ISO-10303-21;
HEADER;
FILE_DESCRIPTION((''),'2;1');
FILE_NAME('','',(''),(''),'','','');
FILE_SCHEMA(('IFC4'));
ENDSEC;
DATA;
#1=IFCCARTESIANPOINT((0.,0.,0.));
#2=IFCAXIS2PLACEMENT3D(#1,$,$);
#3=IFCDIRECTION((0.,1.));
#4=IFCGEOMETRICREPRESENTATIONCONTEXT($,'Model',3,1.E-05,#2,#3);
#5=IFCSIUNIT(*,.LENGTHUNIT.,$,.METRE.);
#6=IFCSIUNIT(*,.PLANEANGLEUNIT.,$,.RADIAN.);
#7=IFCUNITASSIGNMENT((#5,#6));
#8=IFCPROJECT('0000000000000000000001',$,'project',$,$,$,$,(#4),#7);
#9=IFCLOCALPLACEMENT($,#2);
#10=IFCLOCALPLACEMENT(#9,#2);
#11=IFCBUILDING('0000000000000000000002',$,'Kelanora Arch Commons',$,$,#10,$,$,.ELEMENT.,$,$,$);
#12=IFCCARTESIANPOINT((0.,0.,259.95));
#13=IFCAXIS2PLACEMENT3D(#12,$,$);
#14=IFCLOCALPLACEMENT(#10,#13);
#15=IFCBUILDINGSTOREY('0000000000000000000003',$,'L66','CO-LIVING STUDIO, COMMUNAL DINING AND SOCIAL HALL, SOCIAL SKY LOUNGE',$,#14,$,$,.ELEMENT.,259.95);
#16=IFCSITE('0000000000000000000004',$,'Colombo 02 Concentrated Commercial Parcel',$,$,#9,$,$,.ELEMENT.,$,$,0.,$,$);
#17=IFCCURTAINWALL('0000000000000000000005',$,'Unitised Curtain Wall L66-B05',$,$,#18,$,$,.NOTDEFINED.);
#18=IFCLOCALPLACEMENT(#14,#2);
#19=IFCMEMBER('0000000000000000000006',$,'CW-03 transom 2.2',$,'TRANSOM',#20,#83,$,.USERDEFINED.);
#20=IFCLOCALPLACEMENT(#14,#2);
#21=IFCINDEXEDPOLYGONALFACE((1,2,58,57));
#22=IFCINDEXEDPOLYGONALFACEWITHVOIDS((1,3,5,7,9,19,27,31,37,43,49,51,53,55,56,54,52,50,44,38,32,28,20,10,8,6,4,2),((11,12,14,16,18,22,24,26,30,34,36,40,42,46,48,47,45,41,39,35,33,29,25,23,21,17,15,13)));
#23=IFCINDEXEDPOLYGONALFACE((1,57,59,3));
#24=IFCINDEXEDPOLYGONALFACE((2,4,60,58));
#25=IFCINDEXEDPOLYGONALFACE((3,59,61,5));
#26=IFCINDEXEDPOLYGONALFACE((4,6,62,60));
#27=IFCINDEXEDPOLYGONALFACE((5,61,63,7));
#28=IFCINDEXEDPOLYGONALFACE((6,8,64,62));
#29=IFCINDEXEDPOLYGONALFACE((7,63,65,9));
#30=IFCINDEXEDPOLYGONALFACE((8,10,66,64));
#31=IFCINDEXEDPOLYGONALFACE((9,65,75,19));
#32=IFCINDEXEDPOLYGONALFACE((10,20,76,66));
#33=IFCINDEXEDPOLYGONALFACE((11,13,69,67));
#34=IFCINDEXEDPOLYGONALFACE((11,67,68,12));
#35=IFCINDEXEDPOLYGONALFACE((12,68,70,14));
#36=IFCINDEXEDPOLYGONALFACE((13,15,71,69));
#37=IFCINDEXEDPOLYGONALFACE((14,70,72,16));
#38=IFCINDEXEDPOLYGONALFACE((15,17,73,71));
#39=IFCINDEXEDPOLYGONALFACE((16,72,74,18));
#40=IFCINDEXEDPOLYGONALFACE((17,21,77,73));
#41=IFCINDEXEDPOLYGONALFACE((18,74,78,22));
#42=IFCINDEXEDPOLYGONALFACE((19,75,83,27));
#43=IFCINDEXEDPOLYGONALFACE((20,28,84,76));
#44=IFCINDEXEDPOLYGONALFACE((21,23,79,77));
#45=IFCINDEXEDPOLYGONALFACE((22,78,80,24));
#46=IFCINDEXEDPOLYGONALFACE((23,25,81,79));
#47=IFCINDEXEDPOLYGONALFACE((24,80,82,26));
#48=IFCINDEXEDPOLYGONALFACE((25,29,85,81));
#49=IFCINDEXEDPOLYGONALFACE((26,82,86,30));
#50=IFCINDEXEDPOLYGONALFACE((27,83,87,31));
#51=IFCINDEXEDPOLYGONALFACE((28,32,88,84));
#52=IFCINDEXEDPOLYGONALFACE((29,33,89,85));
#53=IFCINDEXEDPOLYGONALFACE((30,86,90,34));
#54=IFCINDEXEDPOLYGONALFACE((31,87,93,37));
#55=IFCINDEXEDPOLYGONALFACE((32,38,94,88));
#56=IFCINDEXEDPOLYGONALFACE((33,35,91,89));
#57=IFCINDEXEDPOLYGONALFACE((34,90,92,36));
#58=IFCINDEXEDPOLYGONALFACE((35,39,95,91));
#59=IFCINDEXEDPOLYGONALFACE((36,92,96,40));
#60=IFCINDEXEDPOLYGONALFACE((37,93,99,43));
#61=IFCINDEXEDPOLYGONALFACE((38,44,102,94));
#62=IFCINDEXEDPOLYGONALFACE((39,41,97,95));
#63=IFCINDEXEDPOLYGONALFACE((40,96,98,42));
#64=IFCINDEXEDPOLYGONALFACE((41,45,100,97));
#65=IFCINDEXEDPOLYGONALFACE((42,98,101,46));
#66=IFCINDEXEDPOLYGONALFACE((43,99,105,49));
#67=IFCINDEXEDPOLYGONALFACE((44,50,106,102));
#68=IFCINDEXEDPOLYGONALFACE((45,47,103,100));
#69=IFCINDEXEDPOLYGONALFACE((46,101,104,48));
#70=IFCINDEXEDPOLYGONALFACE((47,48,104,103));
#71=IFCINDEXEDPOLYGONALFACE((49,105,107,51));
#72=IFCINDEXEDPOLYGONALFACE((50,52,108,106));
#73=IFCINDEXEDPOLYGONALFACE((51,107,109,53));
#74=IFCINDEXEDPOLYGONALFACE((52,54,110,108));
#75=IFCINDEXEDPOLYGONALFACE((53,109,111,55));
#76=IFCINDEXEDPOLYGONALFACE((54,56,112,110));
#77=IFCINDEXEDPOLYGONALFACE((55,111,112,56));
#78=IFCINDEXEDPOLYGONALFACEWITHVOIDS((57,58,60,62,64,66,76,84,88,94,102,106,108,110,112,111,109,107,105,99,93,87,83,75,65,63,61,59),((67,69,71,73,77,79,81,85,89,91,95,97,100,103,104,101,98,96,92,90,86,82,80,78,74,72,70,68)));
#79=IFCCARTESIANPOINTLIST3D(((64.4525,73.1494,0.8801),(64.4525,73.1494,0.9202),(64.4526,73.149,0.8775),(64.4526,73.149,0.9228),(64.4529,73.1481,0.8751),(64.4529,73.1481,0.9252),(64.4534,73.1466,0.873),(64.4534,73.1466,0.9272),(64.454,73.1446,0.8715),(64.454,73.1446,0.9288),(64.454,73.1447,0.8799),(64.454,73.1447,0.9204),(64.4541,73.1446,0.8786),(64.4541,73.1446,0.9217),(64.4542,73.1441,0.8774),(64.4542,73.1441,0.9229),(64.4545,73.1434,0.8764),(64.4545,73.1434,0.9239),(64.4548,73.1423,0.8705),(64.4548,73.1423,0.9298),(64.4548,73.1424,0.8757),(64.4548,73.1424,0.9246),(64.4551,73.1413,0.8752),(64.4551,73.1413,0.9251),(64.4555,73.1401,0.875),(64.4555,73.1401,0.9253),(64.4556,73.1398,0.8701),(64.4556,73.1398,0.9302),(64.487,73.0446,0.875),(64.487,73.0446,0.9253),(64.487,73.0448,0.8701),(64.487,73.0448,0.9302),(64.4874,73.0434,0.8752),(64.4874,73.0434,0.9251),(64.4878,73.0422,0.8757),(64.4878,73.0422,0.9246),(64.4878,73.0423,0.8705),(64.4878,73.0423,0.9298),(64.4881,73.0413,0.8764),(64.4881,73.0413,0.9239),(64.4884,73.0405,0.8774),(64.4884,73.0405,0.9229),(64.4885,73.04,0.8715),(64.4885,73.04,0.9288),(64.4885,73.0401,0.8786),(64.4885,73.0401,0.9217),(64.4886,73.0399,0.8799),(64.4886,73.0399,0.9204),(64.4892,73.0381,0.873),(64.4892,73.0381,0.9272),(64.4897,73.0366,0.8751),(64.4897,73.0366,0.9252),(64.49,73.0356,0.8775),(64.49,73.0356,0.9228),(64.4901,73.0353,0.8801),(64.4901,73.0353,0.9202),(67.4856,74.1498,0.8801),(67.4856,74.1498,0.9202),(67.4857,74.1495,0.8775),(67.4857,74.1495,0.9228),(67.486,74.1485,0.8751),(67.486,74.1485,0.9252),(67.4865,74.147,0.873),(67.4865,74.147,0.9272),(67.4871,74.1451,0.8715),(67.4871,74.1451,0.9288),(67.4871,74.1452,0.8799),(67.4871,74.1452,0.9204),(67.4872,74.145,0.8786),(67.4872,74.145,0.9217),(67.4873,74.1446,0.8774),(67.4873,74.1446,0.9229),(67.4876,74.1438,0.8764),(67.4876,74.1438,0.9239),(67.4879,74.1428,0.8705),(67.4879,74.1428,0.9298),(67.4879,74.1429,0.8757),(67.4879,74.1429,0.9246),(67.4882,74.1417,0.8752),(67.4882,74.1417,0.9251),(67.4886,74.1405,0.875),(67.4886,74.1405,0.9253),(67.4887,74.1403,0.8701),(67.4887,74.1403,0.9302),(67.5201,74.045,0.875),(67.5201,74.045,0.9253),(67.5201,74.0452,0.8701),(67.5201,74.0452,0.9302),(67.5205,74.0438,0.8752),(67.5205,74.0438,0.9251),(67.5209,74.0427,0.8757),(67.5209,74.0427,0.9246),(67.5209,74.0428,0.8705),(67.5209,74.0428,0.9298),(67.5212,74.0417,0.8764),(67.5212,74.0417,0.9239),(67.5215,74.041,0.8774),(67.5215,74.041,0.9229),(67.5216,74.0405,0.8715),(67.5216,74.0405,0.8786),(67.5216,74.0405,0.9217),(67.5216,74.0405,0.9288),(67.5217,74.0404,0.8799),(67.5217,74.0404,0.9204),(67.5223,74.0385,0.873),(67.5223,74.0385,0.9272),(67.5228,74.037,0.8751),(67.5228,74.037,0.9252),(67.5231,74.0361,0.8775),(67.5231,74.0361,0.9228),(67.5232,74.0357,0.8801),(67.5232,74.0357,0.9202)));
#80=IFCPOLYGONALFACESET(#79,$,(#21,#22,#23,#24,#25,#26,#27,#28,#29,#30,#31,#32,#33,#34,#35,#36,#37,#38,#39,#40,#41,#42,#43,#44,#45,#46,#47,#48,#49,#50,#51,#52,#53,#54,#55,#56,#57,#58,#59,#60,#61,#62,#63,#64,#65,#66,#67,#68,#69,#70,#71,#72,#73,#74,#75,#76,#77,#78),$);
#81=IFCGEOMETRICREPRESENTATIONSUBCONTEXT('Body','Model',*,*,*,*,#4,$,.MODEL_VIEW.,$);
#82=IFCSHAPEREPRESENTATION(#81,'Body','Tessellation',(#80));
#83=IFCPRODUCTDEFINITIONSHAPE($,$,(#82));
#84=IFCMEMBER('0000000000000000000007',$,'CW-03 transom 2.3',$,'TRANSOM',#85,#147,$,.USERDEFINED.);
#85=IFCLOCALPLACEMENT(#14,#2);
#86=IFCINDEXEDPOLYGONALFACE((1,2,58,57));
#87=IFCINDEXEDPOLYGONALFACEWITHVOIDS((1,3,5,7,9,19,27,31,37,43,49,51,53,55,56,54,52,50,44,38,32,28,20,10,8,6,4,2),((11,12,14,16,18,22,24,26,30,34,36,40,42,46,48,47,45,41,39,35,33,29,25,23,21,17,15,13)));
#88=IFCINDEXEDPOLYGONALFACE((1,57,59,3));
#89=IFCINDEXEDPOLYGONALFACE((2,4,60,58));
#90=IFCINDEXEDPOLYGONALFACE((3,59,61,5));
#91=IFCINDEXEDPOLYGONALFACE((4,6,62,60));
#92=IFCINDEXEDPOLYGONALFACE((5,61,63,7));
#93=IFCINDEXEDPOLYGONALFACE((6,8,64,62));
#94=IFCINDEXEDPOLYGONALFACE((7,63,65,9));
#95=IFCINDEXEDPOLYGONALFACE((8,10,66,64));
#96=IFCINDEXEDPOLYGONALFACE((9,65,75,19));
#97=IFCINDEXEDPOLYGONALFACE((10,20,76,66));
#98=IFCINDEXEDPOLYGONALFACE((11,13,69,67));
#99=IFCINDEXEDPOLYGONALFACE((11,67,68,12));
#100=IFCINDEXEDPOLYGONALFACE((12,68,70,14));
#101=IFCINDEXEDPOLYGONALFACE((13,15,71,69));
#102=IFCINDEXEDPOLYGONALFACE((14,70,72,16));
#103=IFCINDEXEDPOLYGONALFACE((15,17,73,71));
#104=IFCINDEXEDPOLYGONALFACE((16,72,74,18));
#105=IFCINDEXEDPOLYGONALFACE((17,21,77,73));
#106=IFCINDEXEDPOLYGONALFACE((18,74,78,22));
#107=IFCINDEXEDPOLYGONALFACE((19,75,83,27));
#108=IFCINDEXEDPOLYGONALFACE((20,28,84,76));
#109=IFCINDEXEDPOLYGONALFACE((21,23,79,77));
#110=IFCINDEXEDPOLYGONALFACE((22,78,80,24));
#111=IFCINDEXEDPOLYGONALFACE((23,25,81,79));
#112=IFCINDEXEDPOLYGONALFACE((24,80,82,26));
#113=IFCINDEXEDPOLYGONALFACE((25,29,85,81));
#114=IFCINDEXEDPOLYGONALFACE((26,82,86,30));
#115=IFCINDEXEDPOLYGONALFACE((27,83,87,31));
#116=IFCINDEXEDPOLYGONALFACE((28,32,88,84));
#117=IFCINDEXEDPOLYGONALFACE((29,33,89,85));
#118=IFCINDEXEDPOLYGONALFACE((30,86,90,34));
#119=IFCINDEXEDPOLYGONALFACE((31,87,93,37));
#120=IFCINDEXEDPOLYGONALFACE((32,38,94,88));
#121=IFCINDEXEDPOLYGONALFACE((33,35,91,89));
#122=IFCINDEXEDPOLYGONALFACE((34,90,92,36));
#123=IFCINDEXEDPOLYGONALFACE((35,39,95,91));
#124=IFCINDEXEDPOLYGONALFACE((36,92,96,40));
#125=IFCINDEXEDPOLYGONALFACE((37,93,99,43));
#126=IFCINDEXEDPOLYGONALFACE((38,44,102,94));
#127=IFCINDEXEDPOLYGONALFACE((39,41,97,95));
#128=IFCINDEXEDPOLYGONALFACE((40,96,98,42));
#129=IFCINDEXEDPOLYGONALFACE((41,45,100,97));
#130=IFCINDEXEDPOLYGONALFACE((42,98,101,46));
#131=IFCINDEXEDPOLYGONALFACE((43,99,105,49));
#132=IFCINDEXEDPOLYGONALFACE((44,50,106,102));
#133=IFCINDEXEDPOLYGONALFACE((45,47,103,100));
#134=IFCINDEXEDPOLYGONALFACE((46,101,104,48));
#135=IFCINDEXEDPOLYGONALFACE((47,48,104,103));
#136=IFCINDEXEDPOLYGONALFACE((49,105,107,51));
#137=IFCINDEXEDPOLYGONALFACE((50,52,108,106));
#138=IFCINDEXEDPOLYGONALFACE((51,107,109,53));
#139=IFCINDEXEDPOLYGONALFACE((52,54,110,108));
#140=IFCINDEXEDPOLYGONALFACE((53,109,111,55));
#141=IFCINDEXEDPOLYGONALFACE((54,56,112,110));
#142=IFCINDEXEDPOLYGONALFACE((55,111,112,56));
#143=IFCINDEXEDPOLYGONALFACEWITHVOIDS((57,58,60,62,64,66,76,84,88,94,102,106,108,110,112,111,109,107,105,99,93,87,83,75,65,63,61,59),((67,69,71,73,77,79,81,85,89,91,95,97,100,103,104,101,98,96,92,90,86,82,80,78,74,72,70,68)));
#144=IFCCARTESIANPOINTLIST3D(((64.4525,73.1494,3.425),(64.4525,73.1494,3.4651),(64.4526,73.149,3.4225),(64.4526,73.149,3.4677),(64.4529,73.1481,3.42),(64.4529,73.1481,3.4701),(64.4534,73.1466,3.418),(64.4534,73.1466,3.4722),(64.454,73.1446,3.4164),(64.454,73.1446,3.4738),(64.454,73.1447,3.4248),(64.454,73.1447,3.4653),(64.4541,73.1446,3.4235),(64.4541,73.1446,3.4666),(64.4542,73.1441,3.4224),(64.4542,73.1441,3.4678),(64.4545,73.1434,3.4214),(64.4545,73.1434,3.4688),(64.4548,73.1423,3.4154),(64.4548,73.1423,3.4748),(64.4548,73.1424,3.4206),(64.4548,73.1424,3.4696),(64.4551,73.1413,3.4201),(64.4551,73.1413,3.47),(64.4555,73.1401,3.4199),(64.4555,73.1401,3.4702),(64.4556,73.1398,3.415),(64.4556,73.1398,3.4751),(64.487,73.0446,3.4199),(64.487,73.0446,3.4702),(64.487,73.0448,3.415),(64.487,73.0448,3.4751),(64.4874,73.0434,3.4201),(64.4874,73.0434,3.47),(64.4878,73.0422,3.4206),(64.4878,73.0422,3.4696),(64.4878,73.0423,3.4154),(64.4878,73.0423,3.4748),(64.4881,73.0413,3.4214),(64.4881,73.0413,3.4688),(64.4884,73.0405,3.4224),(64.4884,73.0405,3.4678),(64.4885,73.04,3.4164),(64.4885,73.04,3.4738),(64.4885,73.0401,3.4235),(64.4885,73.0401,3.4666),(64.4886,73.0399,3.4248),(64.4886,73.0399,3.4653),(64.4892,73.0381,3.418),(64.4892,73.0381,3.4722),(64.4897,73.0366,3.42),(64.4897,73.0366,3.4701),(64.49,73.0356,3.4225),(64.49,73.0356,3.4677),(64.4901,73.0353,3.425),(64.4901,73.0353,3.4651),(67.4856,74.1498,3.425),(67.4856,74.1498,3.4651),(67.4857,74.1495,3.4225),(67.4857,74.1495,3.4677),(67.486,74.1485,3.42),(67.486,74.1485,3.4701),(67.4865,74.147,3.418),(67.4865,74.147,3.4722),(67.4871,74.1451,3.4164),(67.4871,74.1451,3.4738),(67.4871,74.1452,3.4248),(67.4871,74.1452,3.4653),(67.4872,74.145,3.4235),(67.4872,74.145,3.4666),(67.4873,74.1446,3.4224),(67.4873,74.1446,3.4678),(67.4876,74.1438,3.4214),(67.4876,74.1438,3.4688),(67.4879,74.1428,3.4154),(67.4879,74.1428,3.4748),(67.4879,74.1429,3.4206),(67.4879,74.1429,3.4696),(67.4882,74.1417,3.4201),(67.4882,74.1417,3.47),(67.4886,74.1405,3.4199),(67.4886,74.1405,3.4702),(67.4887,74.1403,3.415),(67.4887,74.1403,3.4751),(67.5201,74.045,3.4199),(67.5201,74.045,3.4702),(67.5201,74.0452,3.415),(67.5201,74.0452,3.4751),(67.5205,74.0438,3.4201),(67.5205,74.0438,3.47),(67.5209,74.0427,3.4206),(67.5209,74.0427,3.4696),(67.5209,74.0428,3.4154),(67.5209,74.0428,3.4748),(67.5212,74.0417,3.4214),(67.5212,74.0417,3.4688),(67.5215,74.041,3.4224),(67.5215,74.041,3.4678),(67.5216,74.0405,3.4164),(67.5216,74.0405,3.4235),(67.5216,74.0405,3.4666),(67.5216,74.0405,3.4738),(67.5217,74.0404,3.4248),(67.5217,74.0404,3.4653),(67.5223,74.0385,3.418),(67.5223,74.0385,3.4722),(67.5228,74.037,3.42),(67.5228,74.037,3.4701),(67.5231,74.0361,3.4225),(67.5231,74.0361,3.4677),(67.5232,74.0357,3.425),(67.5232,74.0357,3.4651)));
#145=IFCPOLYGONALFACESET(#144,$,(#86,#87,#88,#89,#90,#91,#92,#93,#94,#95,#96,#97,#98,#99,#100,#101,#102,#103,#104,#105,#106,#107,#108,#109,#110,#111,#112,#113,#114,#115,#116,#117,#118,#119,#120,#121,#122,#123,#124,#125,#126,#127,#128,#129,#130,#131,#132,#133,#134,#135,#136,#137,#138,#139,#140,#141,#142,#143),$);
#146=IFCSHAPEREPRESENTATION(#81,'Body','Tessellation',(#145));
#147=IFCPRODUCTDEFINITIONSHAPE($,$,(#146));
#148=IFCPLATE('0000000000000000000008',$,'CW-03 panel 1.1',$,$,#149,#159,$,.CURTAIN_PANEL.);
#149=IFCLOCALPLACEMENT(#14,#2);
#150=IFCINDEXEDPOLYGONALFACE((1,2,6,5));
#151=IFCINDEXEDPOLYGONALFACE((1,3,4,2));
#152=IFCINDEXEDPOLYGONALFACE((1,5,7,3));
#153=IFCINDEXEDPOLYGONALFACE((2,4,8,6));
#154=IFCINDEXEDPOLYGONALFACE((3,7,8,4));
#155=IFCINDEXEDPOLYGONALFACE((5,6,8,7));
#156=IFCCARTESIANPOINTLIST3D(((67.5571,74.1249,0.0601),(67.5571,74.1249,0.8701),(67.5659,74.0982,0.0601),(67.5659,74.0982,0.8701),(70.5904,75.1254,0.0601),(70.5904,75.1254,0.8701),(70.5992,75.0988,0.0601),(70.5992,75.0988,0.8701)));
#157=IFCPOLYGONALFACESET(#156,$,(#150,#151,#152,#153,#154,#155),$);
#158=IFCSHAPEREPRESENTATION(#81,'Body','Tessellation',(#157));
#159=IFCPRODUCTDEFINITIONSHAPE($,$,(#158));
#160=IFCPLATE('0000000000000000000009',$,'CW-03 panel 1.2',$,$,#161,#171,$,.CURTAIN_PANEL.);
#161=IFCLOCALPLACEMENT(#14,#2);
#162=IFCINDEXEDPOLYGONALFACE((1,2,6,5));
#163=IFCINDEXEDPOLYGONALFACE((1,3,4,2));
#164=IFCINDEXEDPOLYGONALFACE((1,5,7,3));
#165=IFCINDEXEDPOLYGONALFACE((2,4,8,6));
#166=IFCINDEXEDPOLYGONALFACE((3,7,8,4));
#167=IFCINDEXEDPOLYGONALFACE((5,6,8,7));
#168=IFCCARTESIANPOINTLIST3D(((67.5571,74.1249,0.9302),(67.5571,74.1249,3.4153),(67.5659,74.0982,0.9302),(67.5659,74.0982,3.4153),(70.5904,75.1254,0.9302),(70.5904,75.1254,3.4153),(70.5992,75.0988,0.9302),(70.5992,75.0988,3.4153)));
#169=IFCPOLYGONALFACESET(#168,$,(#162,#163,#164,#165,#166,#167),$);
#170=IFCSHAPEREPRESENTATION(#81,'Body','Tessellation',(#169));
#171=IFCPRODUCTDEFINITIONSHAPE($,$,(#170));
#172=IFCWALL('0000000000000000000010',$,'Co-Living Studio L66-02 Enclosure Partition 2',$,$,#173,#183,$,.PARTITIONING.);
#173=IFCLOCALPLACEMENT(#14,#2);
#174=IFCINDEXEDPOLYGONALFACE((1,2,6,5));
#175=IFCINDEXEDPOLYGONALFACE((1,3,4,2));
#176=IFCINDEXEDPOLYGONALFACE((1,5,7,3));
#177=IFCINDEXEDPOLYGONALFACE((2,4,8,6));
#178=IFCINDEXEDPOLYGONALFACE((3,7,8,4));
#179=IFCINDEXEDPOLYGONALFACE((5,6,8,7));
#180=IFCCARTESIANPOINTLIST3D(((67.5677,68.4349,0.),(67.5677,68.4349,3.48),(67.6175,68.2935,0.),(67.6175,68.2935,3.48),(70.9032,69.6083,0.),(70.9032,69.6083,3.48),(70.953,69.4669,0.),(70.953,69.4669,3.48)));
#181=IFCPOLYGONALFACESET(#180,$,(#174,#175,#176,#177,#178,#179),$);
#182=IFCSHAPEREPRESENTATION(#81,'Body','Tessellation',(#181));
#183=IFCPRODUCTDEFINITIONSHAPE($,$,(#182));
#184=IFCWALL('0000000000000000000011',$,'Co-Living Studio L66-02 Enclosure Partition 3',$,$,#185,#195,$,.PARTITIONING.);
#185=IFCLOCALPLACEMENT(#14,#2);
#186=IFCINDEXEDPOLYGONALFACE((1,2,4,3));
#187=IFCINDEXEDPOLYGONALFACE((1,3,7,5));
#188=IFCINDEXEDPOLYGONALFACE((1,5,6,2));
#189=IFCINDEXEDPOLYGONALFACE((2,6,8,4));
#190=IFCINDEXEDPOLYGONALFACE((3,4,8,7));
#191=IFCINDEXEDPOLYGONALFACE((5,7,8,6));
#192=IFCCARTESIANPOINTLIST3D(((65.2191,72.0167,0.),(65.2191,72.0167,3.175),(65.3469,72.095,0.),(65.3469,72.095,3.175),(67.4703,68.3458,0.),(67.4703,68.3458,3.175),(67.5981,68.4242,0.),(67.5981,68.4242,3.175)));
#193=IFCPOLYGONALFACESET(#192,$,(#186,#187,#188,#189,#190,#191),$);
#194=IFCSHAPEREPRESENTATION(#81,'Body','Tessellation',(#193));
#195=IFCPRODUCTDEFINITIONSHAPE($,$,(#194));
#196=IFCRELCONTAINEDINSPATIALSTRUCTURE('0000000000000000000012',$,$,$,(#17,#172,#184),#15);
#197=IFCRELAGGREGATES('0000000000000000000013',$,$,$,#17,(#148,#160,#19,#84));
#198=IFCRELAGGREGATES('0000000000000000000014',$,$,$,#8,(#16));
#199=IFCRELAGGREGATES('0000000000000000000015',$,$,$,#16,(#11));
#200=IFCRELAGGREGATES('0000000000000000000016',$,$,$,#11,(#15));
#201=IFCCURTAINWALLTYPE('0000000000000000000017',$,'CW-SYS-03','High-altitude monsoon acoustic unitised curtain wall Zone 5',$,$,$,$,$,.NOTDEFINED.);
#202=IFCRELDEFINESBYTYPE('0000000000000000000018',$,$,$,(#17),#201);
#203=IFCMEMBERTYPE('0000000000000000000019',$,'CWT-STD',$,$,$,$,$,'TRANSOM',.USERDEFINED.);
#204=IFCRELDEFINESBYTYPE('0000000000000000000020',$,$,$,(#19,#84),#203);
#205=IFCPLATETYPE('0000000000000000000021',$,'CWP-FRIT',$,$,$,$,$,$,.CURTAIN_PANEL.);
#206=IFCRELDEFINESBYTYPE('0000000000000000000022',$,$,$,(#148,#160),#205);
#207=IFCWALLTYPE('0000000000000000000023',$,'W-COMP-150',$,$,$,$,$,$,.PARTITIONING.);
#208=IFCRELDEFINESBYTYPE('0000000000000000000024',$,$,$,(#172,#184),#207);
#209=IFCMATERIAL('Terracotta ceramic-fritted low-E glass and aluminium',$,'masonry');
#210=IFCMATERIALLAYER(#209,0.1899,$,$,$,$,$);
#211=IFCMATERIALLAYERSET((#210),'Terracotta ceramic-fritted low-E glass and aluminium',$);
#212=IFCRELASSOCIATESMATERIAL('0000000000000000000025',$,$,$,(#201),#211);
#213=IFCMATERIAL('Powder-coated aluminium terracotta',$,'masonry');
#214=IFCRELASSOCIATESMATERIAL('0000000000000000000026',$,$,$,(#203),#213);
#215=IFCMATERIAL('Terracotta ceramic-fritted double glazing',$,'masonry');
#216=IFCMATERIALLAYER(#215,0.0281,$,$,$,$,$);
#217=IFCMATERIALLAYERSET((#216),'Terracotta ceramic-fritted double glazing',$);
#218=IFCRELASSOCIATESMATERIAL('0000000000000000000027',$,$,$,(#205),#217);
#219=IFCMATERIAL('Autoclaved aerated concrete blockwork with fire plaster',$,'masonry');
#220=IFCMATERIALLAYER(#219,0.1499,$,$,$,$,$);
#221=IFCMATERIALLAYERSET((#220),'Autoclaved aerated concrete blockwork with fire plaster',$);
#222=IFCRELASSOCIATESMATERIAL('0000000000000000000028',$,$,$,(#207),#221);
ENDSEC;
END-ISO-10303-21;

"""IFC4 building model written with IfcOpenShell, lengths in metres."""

from ifc_helpers import new_model, si_unit, direction, frame, frame_2d, origin, origin_2d, place, context, subcontext, project, spatial, rectangle, hollow_rectangle, extrude, source, transform, mapped, material, layer, layer_set, material_profile, profile_set, type_object, element, aggregate, save


model = new_model("IFC4")

# Units and contexts
model_context = context("Model", 3, precision=1e-05, world=origin(), true_north=direction((0.0, 1.0)))
body_context = subcontext(model_context, "Body", "Model", "MODEL_VIEW")
ifc_project = project(units=[si_unit("LENGTHUNIT", "METRE"), si_unit("PLANEANGLEUNIT", "RADIAN")], contexts=[model_context])

# Site, building, storey
site_placement = place(None, origin())
site = spatial("IfcSite", under=ifc_project, at=site_placement, Name="Colombo 02 Concentrated Commercial Parcel", CompositionType="ELEMENT", RefElevation=0.0)
building_placement = place(site_placement, origin())
building = spatial("IfcBuilding", under=site, at=building_placement, Name="Kelanora Arch Commons", CompositionType="ELEMENT")
storey_placement = place(building_placement, frame((0.0, 0.0, 259.95)))
storey = spatial("IfcBuildingStorey", under=building, at=storey_placement, Name="L66", Description="CO-LIVING STUDIO, COMMUNAL DINING AND SOCIAL HALL, SOCIAL SKY LOUNGE", CompositionType="ELEMENT", Elevation=259.95)

# Curtain wall, members, plates
ifc_material_1 = material(Name="Terracotta ceramic-fritted low-E glass and aluminium", Category="masonry")
ifc_layer_1 = layer(ifc_material_1, 0.1899)
ifc_layer_set_1 = layer_set([ifc_layer_1], Name="Terracotta ceramic-fritted low-E glass and aluminium")
curtain_wall_type = type_object("IfcCurtainWallType", Name="CW-SYS-03", Description="High-altitude monsoon acoustic unitised curtain wall Zone 5", PredefinedType="NOTDEFINED", material=ifc_layer_set_1)
curtain_wall_placement = place(storey_placement, origin())
curtain_wall = element("IfcCurtainWall", 1, at=curtain_wall_placement, inside=storey, type_object=curtain_wall_type, Name="Unitised Curtain Wall L66-B05", PredefinedType="NOTDEFINED")
ifc_material_2 = material(Name="Powder-coated aluminium terracotta", Category="masonry")
ifc_material_profile_1 = material_profile(ifc_material_2, hollow_rectangle(XDim=0.1201, YDim=0.0601, WallThickness=0.0049, InnerFilletRadius=0.0049, OuterFilletRadius=0.01, at=origin_2d()), Name="CWT120x60")
ifc_profile_set_1 = profile_set([ifc_material_profile_1], Name="Powder-coated aluminium terracotta")
member_type_1 = type_object("IfcMemberType", Name="CWT-STD", ElementType="TRANSOM", PredefinedType="USERDEFINED", material=ifc_profile_set_1)
member_1_placement = place(storey_placement, frame((67.5044, 74.0928, 0.9001), z_axis=(-0.949672, -0.313245, 0.0), x_axis=(0.313245, -0.949672, 0.0)))
member_1 = element("IfcMember", 2, at=member_1_placement, type_object=member_type_1, Name="CW-03 transom 2.2", ObjectType="TRANSOM", PredefinedType="USERDEFINED", context=body_context, shape_type="SweptSolid", body=[
    extrude(hollow_rectangle(XDim=0.1201, YDim=0.0601, WallThickness=0.0049, InnerFilletRadius=0.0049, OuterFilletRadius=0.01, at=origin_2d()), origin(), (0.0, 0.0, 1.0), 3.1938),
])
member_2_placement = place(storey_placement, frame((67.5044, 74.0928, 3.4451), z_axis=(-0.949672, -0.313245, 0.0), x_axis=(0.313245, -0.949672, 0.0)))
member_2 = element("IfcMember", 3, at=member_2_placement, type_object=member_type_1, Name="CW-03 transom 2.3", ObjectType="TRANSOM", PredefinedType="USERDEFINED", context=body_context, shape_type="SweptSolid", body=[
    extrude(hollow_rectangle(XDim=0.1201, YDim=0.0601, WallThickness=0.0049, InnerFilletRadius=0.0049, OuterFilletRadius=0.01, at=origin_2d()), origin(), (0.0, 0.0, 1.0), 3.1938),
])
ifc_material_3 = material(Name="Terracotta ceramic-fritted double glazing", Category="masonry")
ifc_layer_2 = layer(ifc_material_3, 0.0281)
ifc_layer_set_2 = layer_set([ifc_layer_2], Name="Terracotta ceramic-fritted double glazing")
plate_type = type_object("IfcPlateType", Name="CWP-FRIT", PredefinedType="CURTAIN_PANEL", material=ifc_layer_set_2)
shared_shape_1 = source(origin(), body_context, "Body", "SweptSolid", [
    extrude(rectangle(XDim=3.1941, YDim=0.0281, at=origin_2d()), origin(), (0.0, 0.0, 1.0), 0.8101),
])
plate_1_placement = place(storey_placement, frame((69.0781, 74.6118, 0.0601), z_axis=(0.0, 0.0, 1.0), x_axis=(-0.94967, -0.313253, 0.0)))
plate_1 = element("IfcPlate", 4, at=plate_1_placement, type_object=plate_type, Name="CW-03 panel 1.1", PredefinedType="CURTAIN_PANEL", context=body_context, shape_type="MappedRepresentation", body=[
    mapped(shared_shape_1, transform((0.0, 0.0, 0.0), scale=1.0)),
])
shared_shape_2 = source(origin(), body_context, "Body", "SweptSolid", [
    extrude(rectangle(XDim=3.1941, YDim=0.0281, at=origin_2d()), origin(), (0.0, 0.0, 1.0), 2.4851),
])
plate_2_placement = place(storey_placement, frame((69.0781, 74.6118, 0.9302), z_axis=(0.0, 0.0, 1.0), x_axis=(-0.94967, -0.313253, 0.0)))
plate_2 = element("IfcPlate", 5, at=plate_2_placement, type_object=plate_type, Name="CW-03 panel 1.2", PredefinedType="CURTAIN_PANEL", context=body_context, shape_type="MappedRepresentation", body=[
    mapped(shared_shape_2, transform((0.0, 0.0, 0.0), scale=1.0)),
])
aggregate(curtain_wall, [plate_1, plate_2, member_1, member_2])

# Walls
ifc_material_4 = material(Name="Autoclaved aerated concrete blockwork with fire plaster", Category="masonry")
ifc_layer_3 = layer(ifc_material_4, 0.1499)
ifc_layer_set_3 = layer_set([ifc_layer_3], Name="Autoclaved aerated concrete blockwork with fire plaster")
wall_type_1 = type_object("IfcWallType", Name="W-COMP-150", PredefinedType="PARTITIONING", material=ifc_layer_set_3)
wall_1_placement = place(storey_placement, frame((70.9282, 69.5376, 0.0), z_axis=(0.0, 0.0, 1.0), x_axis=(-0.943334, -0.331845, 0.0)))
element("IfcWall", 6, at=wall_1_placement, inside=storey, type_object=wall_type_1, Name="Co-Living Studio L66-02 Enclosure Partition 2", PredefinedType="PARTITIONING", context=body_context, shape_type="SweptSolid", body=[
    extrude(rectangle(XDim=3.5359, YDim=0.1499, at=frame_2d((1.7681, 0.0))), origin(), (0.0, 0.0, 1.0), 3.48),
])
wall_2_placement = place(storey_placement, frame((67.5342, 68.385, 0.0), z_axis=(0.0, 0.0, 1.0), x_axis=(-0.522784, 0.852465, 0.0)))
element("IfcWall", 7, at=wall_2_placement, inside=storey, type_object=wall_type_1, Name="Co-Living Studio L66-02 Enclosure Partition 3", PredefinedType="PARTITIONING", context=body_context, shape_type="SweptSolid", body=[
    extrude(rectangle(XDim=4.3062, YDim=0.1499, at=frame_2d((2.1531, 0.0))), origin(), (0.0, 0.0, 1.0), 3.175),
])

save(model, "model.ifc")
